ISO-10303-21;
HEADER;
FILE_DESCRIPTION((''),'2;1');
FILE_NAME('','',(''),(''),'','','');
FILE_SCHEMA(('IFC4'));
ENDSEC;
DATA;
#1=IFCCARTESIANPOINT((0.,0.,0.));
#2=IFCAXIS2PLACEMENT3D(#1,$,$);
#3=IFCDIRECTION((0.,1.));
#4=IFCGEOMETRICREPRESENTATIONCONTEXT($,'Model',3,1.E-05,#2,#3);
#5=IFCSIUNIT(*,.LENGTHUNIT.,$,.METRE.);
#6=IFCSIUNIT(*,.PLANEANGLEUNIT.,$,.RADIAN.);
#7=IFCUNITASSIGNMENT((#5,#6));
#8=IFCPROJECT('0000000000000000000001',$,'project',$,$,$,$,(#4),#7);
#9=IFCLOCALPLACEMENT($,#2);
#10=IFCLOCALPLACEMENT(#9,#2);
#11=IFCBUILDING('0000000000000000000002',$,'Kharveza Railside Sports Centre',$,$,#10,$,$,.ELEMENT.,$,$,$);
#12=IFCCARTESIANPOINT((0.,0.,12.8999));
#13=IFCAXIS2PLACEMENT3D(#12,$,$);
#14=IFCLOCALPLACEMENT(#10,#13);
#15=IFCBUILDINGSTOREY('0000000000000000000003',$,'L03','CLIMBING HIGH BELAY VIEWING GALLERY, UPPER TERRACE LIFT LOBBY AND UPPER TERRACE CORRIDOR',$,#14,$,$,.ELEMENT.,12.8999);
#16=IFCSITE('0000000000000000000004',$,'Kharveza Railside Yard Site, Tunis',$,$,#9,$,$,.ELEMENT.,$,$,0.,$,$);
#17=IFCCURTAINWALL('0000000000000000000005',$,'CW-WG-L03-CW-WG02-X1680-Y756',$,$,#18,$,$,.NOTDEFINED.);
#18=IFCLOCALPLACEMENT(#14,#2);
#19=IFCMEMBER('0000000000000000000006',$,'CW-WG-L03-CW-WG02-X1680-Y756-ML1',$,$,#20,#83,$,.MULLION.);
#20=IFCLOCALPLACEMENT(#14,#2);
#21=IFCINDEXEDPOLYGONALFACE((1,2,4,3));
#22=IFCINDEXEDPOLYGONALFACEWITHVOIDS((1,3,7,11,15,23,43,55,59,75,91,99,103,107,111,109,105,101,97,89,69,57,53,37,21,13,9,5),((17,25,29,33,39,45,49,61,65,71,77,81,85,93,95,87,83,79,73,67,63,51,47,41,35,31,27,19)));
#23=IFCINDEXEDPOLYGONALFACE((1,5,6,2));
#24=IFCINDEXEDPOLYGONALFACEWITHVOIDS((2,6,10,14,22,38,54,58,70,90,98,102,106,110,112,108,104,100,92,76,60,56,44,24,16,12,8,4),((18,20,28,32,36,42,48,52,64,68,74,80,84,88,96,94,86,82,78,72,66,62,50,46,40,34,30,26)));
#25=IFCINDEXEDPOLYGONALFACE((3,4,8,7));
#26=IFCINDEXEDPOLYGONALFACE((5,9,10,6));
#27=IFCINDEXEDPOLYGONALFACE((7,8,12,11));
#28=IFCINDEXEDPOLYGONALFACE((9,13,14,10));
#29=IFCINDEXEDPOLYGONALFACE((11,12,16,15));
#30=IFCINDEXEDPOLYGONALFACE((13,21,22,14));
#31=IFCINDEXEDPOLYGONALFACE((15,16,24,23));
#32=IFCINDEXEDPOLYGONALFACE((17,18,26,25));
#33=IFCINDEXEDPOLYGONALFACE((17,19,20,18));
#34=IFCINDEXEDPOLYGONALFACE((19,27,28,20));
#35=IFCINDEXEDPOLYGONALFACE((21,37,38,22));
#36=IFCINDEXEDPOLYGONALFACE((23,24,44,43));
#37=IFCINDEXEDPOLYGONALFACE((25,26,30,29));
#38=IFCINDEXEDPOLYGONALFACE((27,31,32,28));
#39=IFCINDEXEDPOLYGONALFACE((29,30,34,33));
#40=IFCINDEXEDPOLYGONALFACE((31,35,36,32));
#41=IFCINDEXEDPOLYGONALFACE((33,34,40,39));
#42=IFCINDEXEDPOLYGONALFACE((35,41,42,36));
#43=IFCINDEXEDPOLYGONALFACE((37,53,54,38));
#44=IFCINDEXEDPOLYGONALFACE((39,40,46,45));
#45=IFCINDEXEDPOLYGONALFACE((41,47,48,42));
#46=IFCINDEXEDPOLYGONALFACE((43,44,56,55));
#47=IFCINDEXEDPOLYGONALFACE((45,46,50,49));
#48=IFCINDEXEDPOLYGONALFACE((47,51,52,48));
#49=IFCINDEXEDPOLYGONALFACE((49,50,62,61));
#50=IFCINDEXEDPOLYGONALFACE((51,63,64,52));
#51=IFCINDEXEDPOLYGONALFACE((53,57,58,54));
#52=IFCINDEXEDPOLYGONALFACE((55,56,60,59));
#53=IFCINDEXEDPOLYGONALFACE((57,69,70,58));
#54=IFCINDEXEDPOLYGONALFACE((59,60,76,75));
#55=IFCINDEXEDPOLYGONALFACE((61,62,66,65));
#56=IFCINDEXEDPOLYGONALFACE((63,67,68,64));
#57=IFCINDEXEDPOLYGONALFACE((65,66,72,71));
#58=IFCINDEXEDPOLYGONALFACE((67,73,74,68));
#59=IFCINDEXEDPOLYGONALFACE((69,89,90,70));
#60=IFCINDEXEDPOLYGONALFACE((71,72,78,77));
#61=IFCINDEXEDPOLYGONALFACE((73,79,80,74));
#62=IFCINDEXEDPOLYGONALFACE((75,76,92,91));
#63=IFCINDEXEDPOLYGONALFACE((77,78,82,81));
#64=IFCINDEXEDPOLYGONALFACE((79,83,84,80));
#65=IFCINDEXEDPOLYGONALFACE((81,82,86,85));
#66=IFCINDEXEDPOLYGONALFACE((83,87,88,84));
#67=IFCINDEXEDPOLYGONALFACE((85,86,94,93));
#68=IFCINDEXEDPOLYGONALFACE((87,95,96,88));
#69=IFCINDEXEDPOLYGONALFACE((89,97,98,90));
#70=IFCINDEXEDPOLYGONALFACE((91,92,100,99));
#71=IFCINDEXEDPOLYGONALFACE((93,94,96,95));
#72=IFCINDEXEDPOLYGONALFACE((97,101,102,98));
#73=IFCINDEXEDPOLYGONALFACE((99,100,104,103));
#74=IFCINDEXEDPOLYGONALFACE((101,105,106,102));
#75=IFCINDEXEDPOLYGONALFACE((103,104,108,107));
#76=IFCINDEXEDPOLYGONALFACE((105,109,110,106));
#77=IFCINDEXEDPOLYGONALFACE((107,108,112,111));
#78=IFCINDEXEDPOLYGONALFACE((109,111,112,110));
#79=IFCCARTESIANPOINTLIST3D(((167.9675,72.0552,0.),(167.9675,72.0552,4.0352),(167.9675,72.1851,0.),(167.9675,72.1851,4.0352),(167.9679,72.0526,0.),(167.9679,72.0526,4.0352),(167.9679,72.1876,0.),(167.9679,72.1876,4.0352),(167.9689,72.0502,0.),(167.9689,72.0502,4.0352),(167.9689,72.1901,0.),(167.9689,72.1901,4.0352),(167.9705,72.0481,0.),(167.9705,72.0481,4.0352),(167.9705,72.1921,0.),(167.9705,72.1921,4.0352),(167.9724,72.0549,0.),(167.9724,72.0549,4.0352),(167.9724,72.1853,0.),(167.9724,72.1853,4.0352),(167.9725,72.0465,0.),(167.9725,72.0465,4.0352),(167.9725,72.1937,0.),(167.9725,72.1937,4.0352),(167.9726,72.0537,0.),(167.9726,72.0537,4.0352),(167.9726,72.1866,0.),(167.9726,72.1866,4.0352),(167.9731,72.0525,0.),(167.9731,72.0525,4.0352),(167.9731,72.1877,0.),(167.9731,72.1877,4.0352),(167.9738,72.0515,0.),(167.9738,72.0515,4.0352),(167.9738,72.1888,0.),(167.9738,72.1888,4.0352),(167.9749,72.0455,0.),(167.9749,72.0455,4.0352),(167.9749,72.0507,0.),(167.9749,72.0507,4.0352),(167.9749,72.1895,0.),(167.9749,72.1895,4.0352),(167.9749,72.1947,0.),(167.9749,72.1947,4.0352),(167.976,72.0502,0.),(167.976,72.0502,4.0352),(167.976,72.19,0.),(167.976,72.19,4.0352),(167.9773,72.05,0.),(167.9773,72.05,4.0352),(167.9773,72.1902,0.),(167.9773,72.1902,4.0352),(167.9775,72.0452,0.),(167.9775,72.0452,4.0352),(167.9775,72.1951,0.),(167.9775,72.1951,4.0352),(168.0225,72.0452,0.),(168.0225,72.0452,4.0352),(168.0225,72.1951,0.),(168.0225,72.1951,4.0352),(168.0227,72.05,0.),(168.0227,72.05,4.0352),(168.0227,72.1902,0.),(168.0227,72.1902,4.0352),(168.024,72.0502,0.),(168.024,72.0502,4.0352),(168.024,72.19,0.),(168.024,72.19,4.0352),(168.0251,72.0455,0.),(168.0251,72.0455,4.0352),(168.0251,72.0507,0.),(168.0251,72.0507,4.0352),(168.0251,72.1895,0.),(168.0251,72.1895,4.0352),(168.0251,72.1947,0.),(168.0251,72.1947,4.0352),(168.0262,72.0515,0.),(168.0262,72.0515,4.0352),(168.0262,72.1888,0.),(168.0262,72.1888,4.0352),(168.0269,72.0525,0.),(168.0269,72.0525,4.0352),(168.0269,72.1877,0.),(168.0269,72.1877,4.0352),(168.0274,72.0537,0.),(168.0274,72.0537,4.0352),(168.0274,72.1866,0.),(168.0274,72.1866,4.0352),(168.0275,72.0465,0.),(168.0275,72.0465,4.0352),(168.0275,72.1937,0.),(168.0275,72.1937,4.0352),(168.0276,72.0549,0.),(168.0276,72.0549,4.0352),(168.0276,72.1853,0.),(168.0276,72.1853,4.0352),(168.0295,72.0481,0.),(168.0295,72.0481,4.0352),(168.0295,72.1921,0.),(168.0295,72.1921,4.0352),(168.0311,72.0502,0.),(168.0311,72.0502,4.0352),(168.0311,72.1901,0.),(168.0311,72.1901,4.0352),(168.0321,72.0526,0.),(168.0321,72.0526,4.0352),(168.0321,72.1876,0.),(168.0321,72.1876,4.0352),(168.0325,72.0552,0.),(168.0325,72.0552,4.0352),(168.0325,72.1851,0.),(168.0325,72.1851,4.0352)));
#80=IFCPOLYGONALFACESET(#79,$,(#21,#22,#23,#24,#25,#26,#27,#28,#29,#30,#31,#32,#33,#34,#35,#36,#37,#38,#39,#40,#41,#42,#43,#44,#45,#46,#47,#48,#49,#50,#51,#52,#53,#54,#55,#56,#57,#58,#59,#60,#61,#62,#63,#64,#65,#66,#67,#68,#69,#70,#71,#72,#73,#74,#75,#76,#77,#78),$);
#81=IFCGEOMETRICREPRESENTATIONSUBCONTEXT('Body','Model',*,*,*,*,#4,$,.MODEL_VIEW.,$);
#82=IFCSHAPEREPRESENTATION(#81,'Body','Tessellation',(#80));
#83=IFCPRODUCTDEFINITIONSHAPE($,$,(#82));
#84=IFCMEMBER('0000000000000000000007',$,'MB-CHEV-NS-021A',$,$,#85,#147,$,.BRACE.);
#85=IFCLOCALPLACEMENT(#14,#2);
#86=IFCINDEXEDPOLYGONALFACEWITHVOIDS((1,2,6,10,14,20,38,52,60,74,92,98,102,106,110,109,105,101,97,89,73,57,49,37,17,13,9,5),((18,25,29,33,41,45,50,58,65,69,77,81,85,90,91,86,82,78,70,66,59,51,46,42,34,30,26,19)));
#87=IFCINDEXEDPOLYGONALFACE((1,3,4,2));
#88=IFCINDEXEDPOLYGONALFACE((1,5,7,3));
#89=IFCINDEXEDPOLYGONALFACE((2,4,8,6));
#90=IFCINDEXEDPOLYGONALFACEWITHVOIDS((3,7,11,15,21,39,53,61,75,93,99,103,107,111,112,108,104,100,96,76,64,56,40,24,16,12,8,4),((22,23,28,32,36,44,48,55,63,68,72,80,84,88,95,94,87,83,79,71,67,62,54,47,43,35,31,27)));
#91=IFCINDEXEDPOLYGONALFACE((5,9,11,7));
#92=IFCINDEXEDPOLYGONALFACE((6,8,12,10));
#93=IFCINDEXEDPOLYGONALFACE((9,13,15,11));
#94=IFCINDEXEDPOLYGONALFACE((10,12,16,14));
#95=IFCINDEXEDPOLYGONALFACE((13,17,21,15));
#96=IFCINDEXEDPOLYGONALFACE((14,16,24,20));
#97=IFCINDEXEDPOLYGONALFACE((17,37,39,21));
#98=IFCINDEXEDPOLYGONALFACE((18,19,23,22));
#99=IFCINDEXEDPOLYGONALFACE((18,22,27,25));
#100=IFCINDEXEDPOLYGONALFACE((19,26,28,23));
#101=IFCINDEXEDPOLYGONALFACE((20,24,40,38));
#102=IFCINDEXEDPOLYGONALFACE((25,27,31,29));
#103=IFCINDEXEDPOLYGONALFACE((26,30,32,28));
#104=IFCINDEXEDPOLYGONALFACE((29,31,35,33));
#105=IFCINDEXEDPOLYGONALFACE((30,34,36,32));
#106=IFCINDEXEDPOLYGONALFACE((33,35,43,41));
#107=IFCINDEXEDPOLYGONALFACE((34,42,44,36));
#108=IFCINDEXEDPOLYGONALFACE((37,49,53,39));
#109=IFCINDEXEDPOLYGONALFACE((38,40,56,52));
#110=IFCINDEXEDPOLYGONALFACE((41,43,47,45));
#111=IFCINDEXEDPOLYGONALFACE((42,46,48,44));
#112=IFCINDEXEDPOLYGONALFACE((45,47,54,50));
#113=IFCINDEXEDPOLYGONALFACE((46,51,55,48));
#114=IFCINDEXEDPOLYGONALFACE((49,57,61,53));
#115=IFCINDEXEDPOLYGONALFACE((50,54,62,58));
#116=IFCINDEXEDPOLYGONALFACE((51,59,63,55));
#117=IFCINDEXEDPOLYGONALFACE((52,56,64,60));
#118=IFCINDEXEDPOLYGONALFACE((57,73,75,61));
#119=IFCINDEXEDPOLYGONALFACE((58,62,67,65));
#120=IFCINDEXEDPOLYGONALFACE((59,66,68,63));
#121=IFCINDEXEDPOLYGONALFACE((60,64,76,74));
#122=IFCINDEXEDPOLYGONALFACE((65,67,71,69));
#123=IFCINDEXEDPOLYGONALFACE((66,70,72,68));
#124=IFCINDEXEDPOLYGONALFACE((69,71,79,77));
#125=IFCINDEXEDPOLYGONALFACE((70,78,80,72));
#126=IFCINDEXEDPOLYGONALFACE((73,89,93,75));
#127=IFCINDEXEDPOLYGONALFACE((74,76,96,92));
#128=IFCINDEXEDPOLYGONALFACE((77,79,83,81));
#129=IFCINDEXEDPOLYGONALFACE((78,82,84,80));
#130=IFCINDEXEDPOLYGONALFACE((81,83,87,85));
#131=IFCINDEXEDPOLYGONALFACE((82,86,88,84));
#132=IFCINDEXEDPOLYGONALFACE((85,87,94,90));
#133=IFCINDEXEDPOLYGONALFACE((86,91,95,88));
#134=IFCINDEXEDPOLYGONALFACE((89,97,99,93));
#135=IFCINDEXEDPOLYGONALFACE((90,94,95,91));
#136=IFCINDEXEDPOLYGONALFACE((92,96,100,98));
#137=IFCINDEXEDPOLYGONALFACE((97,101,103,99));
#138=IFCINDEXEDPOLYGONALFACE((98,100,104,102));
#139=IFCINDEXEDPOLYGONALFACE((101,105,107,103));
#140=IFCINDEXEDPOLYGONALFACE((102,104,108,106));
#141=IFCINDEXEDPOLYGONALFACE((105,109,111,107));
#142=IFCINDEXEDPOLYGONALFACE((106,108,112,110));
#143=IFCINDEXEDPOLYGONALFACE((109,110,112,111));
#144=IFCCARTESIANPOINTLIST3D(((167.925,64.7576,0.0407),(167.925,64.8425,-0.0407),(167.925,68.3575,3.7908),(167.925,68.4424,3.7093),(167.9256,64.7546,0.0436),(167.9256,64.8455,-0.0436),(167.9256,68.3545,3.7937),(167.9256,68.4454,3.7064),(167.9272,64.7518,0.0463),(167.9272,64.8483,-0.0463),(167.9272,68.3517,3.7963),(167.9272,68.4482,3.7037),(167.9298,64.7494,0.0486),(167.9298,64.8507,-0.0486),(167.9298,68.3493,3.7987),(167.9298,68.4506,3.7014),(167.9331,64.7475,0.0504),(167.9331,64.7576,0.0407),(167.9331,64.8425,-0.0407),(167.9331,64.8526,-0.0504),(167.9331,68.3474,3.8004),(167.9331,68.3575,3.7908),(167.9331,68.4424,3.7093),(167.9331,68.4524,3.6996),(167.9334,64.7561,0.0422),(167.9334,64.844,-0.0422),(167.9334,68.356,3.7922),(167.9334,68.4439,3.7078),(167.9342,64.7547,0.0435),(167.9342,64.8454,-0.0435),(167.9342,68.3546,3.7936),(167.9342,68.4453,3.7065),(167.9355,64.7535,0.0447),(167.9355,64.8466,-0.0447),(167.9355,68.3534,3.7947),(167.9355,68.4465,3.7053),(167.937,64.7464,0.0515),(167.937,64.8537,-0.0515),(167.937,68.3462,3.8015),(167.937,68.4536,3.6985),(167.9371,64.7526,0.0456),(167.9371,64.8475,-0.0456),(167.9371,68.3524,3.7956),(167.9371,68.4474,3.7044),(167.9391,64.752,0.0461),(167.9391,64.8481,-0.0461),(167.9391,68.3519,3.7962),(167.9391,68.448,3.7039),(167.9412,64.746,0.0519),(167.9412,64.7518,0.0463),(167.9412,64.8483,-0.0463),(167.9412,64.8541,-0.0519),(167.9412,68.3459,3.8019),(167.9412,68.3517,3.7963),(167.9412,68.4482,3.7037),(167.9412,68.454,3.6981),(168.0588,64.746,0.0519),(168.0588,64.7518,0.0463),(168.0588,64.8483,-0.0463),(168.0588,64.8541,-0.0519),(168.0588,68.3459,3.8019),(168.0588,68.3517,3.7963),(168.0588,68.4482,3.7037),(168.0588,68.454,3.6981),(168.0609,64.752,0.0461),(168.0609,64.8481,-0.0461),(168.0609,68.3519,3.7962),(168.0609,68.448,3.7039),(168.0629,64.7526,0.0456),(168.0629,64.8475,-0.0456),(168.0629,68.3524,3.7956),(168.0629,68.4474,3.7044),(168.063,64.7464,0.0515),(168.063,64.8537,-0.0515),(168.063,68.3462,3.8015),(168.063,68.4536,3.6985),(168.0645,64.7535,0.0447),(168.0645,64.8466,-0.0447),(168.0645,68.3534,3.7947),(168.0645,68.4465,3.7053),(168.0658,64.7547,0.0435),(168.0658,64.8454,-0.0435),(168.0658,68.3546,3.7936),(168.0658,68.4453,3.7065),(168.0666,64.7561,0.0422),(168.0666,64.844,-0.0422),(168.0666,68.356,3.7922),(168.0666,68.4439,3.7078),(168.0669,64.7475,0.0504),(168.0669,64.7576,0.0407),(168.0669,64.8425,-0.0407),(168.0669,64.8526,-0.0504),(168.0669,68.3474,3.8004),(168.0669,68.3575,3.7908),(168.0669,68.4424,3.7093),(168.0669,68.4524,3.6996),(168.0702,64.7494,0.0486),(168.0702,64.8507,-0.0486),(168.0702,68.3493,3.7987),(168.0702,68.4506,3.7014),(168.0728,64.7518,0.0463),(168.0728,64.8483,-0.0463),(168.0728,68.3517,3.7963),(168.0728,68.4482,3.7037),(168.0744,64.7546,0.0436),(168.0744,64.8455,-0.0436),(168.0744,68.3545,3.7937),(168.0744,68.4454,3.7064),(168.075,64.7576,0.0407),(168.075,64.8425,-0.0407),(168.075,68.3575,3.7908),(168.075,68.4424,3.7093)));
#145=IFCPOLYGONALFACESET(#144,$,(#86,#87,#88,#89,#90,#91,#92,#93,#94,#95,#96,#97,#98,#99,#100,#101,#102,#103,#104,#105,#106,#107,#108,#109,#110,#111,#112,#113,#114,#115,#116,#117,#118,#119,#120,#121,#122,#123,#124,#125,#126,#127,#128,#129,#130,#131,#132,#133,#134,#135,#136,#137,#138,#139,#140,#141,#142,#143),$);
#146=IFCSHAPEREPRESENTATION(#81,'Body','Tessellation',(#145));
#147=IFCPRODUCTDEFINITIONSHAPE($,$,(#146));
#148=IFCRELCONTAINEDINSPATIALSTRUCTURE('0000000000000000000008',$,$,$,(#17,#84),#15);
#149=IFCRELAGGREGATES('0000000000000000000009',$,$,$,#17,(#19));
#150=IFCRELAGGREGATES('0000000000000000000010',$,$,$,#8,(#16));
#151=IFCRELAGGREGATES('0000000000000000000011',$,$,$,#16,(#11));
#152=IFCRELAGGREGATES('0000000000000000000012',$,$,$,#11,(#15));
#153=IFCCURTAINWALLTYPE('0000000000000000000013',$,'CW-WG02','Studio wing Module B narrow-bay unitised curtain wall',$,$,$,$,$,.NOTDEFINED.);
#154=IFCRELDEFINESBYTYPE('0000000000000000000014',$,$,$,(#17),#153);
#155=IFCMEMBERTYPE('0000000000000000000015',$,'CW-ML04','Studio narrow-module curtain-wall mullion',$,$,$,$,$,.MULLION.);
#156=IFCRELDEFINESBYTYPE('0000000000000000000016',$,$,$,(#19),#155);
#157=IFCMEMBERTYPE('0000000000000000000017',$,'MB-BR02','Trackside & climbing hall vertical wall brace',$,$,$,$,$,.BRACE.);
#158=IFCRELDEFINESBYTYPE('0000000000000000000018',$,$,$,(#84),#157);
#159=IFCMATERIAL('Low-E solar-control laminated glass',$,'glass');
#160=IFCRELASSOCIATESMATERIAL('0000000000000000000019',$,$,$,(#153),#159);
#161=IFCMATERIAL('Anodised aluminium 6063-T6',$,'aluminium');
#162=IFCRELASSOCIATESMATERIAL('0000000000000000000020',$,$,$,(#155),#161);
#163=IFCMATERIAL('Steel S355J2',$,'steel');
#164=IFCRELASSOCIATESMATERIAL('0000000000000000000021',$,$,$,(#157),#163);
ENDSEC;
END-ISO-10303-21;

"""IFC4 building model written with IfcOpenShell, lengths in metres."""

from ifc_helpers import new_model, si_unit, direction, frame, origin, origin_2d, place, context, subcontext, project, spatial, hollow_rectangle, extrude, material, material_profile, profile_set, type_object, element, aggregate, save


model = new_model("IFC4")

# Units and contexts
model_context = context("Model", 3, precision=1e-05, world=origin(), true_north=direction((0.0, 1.0)))
body_context = subcontext(model_context, "Body", "Model", "MODEL_VIEW")
ifc_project = project(units=[si_unit("LENGTHUNIT", "METRE"), si_unit("PLANEANGLEUNIT", "RADIAN")], contexts=[model_context])

# Site, building, storey
site_placement = place(None, origin())
site = spatial("IfcSite", under=ifc_project, at=site_placement, Name="Kharveza Railside Yard Site, Tunis", CompositionType="ELEMENT", RefElevation=0.0)
building_placement = place(site_placement, origin())
building = spatial("IfcBuilding", under=site, at=building_placement, Name="Kharveza Railside Sports Centre", CompositionType="ELEMENT")
storey_placement = place(building_placement, frame((0.0, 0.0, 12.8999)))
storey = spatial("IfcBuildingStorey", under=building, at=storey_placement, Name="L03", Description="CLIMBING HIGH BELAY VIEWING GALLERY, UPPER TERRACE LIFT LOBBY AND UPPER TERRACE CORRIDOR", CompositionType="ELEMENT", Elevation=12.8999)

# Shared definitions
ifc_material_1 = material(Name="Steel S355J2", Category="steel")

# Shared definitions
ifc_material_2 = material(Name="Low-E solar-control laminated glass", Category="glass")
curtain_wall_type = type_object("IfcCurtainWallType", Name="CW-WG02", Description="Studio wing Module B narrow-bay unitised curtain wall", PredefinedType="NOTDEFINED", material=ifc_material_2)
ifc_material_3 = material(Name="Anodised aluminium 6063-T6", Category="aluminium")
ifc_material_profile_1 = material_profile(ifc_material_3, hollow_rectangle(XDim=0.0649, YDim=0.1499, WallThickness=0.0049, InnerFilletRadius=0.0049, OuterFilletRadius=0.01, at=origin_2d()), Name="RHS 65x150x5.0")
ifc_profile_set_1 = profile_set([ifc_material_profile_1], Name="Anodised aluminium 6063-T6")
member_type_1 = type_object("IfcMemberType", Name="CW-ML04", Description="Studio narrow-module curtain-wall mullion", PredefinedType="MULLION", material=ifc_profile_set_1)

# Curtain wall, member
curtain_wall_1_placement = place(storey_placement, origin())
curtain_wall_1 = element("IfcCurtainWall", 1, at=curtain_wall_1_placement, inside=storey, type_object=curtain_wall_type, Name="CW-WG-L03-CW-WG02-X1680-Y756", PredefinedType="NOTDEFINED")
member_1_placement = place(storey_placement, frame((168.0, 72.1201, 0.0), z_axis=(0.0, 0.0, 1.0), x_axis=(1.0, 0.0, 0.0)))
member_1 = element("IfcMember", 2, at=member_1_placement, type_object=member_type_1, Name="CW-WG-L03-CW-WG02-X1680-Y756-ML1", PredefinedType="MULLION", context=body_context, shape_type="SweptSolid", body=[
    extrude(hollow_rectangle(XDim=0.0649, YDim=0.1499, WallThickness=0.0049, InnerFilletRadius=0.0049, OuterFilletRadius=0.01, at=origin_2d()), origin(), (0.0, 0.0, 1.0), 4.0352),
])
aggregate(curtain_wall_1, [member_1])

# Member
ifc_material_profile_2 = material_profile(ifc_material_1, hollow_rectangle(XDim=0.1499, YDim=0.1499, WallThickness=0.0081, InnerFilletRadius=0.0081, OuterFilletRadius=0.0161, at=origin_2d()), Name="SHS 150x150x8.0")
ifc_profile_set_2 = profile_set([ifc_material_profile_2], Name="Steel S355J2")
member_type_2 = type_object("IfcMemberType", Name="MB-BR02", Description="Trackside & climbing hall vertical wall brace", PredefinedType="BRACE", material=ifc_profile_set_2)
member_2_placement = place(storey_placement, frame((168.0, 64.8, 0.0), z_axis=(0.0, 0.692517, 0.721401), x_axis=(-1.0, 0.0, 0.0)))
element("IfcMember", 3, at=member_2_placement, inside=storey, type_object=member_type_2, Name="MB-CHEV-NS-021A", PredefinedType="BRACE", context=body_context, shape_type="SweptSolid", body=[
    extrude(hollow_rectangle(XDim=0.1499, YDim=0.1499, WallThickness=0.0081, InnerFilletRadius=0.0081, OuterFilletRadius=0.0161, at=origin_2d()), origin(), (0.0, 0.0, 1.0), 5.1982),
])

save(model, "model.ifc")
